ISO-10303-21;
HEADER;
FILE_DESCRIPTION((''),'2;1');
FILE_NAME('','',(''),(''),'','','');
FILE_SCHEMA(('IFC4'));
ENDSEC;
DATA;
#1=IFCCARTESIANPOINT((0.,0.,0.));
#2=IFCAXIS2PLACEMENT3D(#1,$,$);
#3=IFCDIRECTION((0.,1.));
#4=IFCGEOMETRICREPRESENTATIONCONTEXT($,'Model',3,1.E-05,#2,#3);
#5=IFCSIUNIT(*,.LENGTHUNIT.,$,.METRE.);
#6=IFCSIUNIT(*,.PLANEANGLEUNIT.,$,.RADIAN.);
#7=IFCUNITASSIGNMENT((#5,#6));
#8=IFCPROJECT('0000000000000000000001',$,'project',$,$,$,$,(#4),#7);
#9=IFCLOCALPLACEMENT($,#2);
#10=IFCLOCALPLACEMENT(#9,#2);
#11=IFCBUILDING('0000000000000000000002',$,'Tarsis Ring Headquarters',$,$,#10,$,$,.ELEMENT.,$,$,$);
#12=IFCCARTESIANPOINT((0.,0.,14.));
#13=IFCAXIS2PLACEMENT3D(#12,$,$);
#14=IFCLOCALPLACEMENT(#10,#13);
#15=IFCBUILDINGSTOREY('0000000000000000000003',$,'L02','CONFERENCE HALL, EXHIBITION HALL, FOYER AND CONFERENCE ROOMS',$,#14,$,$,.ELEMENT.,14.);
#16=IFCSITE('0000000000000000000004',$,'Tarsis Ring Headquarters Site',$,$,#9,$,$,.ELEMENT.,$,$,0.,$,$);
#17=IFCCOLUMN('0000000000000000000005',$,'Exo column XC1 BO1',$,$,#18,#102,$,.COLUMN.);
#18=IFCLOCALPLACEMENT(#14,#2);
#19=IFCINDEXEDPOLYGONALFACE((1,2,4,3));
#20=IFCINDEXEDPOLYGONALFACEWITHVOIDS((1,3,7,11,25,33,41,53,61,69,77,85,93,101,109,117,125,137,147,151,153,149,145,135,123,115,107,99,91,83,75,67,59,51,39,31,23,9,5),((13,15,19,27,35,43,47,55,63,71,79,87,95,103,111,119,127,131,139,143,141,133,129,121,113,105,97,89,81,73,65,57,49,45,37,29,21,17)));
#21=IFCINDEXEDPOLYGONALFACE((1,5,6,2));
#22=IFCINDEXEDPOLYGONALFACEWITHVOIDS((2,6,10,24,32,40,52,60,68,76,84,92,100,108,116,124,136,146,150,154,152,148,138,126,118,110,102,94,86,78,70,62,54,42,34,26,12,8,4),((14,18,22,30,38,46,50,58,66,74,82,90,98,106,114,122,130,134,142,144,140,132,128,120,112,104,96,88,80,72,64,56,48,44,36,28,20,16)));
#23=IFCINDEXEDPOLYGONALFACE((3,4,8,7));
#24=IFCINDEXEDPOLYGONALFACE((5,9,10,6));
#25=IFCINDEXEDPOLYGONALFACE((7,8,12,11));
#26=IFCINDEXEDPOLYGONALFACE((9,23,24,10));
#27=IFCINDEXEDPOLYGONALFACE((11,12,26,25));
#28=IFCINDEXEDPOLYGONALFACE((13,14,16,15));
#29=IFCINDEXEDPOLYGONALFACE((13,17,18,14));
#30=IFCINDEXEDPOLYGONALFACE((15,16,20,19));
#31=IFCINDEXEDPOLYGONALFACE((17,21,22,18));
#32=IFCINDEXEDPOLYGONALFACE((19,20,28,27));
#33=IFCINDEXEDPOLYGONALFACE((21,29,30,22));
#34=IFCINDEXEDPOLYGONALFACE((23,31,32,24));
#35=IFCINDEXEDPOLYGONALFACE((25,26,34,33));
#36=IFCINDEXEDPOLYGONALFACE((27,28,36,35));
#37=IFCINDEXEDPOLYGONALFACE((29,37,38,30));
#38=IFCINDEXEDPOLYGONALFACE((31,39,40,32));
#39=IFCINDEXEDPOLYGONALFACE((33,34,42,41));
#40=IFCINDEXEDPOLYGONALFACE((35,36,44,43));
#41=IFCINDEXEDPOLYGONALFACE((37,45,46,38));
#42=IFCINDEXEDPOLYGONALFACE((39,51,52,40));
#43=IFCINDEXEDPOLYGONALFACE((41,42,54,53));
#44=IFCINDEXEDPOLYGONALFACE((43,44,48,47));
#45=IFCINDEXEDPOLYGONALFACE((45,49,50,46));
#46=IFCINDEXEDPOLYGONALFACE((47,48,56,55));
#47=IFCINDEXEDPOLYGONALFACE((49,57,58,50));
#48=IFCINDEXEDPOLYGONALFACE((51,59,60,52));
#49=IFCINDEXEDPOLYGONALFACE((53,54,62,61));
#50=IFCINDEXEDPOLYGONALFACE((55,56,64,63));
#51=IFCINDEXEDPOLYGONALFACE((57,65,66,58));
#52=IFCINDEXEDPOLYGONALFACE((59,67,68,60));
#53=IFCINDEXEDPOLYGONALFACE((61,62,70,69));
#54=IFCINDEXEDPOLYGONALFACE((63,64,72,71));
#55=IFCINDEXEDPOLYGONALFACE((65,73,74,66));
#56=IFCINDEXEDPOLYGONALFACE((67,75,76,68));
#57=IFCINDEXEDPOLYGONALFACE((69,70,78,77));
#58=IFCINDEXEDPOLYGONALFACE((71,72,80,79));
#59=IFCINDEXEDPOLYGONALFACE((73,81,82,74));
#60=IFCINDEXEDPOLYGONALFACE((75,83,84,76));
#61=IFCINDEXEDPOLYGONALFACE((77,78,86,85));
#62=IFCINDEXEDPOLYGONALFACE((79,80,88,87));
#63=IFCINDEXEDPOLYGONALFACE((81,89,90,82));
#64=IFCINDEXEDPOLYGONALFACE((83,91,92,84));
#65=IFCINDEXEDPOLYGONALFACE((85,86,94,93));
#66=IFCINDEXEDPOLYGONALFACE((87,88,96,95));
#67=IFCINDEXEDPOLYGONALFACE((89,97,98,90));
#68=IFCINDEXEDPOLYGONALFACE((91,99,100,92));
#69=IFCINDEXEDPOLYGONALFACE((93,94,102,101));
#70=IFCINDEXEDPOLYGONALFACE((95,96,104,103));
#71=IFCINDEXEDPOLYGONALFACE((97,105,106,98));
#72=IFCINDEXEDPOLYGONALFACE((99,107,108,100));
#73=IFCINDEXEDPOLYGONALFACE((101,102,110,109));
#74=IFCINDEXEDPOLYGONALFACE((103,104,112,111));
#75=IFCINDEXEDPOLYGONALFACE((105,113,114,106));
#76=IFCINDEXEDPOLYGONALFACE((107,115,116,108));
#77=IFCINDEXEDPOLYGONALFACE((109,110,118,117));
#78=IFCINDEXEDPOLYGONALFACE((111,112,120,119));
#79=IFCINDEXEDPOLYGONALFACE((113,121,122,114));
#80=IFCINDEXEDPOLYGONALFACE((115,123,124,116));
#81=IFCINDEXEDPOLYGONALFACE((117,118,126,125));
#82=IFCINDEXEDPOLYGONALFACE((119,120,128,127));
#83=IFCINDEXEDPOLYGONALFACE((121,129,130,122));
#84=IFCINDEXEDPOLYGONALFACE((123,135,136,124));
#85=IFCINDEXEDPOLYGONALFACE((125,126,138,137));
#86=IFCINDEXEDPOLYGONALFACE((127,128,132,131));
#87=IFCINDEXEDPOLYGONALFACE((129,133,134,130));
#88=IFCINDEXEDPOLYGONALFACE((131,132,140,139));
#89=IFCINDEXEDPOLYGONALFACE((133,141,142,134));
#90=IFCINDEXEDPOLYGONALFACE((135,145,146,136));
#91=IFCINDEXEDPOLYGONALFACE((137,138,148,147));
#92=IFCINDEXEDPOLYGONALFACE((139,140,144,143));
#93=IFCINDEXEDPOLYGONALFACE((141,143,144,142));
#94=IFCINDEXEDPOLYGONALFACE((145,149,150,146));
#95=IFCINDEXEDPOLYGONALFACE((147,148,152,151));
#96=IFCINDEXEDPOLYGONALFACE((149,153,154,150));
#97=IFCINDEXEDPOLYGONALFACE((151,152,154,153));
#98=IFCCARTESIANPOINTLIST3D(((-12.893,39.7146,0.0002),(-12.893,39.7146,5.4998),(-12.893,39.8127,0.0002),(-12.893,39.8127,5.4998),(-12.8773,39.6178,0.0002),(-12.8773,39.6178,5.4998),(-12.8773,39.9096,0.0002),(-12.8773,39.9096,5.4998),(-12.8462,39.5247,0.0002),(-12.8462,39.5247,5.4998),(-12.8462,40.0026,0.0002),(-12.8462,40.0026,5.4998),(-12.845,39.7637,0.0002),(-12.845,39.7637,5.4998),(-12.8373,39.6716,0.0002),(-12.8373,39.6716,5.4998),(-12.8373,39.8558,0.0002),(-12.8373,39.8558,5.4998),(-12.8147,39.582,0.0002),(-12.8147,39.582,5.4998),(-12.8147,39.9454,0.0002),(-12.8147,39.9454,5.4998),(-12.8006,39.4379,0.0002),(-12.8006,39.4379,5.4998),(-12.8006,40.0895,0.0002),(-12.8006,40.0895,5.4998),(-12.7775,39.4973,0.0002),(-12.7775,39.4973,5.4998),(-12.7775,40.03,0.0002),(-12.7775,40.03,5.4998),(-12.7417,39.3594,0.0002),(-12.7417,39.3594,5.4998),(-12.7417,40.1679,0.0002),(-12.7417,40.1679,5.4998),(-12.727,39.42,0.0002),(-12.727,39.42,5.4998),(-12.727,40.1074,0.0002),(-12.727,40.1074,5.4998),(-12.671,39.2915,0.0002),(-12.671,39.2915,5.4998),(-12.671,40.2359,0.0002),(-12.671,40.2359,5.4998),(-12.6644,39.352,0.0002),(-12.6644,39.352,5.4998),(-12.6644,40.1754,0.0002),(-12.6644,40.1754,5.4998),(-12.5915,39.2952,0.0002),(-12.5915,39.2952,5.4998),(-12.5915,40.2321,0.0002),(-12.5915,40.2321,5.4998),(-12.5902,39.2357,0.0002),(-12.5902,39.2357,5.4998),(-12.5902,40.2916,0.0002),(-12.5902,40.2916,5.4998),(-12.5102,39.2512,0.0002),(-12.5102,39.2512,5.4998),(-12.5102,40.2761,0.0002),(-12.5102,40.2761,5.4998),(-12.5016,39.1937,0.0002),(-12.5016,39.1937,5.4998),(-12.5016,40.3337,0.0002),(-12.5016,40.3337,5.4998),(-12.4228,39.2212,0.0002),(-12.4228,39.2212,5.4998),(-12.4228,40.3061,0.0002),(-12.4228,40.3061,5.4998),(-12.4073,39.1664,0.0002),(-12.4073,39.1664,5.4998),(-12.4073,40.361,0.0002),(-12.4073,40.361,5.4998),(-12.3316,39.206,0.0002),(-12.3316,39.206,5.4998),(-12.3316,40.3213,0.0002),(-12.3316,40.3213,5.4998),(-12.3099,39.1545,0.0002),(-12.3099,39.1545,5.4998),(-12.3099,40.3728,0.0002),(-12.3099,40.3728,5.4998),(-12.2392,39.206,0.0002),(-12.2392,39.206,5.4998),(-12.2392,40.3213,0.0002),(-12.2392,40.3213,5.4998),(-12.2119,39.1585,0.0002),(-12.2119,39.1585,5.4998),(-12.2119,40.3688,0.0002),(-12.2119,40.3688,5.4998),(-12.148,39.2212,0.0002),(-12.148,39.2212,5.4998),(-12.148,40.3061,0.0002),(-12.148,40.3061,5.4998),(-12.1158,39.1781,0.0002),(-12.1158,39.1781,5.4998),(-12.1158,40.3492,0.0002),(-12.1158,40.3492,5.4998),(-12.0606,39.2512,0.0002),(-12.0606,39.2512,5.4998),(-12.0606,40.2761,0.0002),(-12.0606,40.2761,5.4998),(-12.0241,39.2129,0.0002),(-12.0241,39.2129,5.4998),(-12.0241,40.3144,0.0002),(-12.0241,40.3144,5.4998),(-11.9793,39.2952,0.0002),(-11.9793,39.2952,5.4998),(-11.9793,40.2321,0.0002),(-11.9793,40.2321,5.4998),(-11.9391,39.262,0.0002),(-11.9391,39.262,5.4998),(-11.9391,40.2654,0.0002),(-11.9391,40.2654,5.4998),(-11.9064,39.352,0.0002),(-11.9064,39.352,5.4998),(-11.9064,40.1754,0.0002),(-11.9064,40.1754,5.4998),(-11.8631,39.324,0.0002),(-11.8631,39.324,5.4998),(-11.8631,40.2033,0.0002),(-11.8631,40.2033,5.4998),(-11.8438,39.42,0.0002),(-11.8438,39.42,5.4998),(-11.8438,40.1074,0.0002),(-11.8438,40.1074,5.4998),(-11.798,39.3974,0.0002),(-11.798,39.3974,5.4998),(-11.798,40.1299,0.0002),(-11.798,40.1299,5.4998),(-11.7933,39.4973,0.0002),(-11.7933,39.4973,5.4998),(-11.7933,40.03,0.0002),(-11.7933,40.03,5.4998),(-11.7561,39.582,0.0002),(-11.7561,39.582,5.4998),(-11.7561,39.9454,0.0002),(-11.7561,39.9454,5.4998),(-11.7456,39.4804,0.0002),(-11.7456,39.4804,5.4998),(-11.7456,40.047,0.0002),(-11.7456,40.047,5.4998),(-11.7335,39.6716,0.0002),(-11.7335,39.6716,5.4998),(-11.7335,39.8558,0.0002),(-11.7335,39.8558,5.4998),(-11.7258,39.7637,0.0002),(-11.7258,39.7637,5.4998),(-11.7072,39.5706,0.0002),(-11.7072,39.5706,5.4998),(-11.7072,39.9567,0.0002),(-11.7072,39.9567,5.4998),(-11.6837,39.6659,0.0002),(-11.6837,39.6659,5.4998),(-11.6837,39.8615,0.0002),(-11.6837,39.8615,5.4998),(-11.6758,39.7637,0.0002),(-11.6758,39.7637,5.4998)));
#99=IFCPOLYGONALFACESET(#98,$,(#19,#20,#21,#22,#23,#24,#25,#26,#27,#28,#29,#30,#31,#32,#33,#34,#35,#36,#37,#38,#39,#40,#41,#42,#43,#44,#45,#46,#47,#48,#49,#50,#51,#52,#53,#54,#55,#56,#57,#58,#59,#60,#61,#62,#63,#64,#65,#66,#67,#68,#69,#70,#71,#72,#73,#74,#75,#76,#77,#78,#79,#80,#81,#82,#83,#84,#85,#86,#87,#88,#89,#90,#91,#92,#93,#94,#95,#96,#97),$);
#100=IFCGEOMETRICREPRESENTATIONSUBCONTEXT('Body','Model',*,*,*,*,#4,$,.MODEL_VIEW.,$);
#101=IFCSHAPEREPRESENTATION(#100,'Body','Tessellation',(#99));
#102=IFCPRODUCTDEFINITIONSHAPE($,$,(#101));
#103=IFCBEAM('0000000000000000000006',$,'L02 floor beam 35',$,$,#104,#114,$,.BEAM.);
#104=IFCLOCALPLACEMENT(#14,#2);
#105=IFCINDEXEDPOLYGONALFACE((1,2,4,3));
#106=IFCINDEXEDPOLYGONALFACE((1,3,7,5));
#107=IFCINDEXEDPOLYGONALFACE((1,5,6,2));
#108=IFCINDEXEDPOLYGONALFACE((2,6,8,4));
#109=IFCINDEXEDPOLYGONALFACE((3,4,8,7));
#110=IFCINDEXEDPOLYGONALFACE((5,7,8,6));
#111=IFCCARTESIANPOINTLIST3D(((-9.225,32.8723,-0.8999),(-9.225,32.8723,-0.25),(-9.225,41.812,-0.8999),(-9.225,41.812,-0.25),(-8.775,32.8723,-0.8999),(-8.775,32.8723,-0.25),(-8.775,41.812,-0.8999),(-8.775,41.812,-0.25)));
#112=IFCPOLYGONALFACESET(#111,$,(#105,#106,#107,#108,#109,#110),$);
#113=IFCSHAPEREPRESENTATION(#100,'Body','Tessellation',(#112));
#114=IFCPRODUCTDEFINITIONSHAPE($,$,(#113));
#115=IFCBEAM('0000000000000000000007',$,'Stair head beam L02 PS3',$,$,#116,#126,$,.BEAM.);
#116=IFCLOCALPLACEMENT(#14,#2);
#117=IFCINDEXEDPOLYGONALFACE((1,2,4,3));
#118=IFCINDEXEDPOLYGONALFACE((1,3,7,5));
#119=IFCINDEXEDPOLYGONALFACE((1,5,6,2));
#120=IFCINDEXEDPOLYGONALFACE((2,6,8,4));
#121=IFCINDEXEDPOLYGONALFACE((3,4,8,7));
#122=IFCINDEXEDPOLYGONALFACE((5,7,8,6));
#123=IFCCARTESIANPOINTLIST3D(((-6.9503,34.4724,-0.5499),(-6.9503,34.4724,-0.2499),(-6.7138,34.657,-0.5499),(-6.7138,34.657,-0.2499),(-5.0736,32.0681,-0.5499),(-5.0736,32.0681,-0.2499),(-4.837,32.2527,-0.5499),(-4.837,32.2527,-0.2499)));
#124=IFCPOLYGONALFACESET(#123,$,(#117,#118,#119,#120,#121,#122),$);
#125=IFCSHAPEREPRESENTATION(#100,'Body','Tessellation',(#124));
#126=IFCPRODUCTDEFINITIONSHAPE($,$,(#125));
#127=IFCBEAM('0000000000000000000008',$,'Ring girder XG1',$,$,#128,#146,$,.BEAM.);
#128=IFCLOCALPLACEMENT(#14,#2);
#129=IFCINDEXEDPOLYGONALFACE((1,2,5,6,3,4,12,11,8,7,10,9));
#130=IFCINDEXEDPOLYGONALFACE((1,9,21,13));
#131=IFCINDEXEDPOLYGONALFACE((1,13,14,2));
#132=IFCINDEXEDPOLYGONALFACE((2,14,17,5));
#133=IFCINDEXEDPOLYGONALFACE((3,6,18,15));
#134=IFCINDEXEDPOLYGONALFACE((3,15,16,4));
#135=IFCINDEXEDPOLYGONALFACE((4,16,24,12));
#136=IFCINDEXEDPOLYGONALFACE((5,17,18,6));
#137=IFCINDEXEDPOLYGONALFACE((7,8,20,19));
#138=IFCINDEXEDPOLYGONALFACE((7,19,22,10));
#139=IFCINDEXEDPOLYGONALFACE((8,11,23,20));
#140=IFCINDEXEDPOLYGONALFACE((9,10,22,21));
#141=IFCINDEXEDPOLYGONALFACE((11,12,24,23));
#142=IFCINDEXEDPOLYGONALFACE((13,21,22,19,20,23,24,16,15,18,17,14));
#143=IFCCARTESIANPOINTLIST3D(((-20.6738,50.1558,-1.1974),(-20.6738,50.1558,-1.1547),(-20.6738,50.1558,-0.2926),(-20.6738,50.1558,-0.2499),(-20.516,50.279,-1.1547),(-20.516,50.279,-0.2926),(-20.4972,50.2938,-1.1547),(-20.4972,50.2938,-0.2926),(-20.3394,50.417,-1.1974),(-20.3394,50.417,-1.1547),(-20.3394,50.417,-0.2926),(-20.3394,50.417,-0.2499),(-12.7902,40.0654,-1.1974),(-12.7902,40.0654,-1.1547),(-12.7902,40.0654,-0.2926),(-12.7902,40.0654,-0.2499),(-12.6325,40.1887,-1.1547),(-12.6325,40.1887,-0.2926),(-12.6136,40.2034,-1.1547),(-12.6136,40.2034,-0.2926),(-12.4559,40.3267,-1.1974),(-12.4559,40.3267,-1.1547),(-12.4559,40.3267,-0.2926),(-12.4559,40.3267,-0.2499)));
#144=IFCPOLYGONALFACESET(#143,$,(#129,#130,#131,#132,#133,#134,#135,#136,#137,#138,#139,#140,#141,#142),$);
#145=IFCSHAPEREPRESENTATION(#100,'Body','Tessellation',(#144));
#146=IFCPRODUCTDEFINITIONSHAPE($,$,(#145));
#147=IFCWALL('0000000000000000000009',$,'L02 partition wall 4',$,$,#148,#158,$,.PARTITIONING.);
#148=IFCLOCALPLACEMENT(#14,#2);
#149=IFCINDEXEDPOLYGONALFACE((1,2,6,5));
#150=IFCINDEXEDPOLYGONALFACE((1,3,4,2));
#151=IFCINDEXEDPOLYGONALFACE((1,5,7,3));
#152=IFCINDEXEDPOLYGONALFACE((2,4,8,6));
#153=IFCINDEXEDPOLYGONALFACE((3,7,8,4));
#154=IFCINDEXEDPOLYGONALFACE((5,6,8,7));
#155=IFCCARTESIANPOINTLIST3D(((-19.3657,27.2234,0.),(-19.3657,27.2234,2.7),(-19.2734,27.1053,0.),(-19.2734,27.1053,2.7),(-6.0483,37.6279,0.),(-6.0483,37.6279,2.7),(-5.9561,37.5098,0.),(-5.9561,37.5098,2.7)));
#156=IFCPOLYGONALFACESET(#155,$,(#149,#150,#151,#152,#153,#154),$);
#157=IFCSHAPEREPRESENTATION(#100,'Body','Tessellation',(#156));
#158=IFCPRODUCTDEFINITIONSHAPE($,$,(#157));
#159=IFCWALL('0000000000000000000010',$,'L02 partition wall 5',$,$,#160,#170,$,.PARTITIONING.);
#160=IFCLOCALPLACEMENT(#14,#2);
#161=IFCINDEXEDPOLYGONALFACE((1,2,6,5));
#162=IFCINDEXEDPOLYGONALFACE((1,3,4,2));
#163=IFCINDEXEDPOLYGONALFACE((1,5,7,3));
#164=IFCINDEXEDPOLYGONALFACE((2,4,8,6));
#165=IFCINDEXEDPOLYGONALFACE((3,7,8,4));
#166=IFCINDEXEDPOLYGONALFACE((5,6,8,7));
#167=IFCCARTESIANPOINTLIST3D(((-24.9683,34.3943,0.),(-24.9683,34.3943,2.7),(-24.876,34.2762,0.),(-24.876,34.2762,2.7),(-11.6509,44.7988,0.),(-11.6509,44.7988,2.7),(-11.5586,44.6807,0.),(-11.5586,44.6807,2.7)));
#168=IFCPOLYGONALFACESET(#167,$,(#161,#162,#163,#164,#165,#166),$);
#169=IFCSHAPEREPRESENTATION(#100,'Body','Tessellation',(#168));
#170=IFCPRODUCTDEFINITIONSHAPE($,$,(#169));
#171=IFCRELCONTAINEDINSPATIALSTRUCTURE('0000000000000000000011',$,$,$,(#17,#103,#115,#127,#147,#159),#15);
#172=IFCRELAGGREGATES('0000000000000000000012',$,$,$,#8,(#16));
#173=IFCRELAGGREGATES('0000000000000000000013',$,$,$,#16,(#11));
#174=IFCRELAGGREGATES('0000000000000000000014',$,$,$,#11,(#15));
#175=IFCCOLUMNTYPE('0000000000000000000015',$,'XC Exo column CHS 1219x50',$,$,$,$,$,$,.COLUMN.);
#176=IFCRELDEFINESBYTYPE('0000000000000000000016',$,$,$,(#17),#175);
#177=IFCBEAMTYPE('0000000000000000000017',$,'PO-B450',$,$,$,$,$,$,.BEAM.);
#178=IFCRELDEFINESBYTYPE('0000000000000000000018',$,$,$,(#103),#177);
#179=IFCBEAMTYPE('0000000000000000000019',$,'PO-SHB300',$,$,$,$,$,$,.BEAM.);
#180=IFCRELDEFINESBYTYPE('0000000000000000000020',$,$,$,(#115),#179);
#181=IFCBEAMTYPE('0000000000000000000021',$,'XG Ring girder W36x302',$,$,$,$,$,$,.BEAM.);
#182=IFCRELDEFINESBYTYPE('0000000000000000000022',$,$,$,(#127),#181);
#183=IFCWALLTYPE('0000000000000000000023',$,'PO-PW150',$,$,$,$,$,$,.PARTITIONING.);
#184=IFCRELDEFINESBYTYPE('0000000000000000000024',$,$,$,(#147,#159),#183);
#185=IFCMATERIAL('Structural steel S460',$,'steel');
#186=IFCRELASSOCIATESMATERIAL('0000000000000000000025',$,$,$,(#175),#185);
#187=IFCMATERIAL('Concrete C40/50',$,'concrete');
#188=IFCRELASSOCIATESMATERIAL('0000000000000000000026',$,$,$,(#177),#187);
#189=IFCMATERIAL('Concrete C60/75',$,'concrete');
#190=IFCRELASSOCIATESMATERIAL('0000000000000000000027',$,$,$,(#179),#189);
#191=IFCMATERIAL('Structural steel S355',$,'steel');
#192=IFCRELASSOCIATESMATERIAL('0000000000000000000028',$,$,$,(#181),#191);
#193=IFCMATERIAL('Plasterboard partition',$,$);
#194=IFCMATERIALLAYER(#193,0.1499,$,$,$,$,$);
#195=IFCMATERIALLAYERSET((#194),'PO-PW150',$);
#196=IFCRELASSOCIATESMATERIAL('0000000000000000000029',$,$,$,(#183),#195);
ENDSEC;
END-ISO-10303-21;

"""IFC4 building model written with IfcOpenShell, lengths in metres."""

from ifc_helpers import new_model, si_unit, direction, frame, frame_2d, origin, origin_2d, place, context, subcontext, project, spatial, rectangle, hollow_circle, i_section, extrude, material, layer, layer_set, material_profile, profile_set, type_object, element, save


model = new_model("IFC4")

# Units and contexts
model_context = context("Model", 3, precision=1e-05, world=origin(), true_north=direction((0.0, 1.0)))
body_context = subcontext(model_context, "Body", "Model", "MODEL_VIEW")
ifc_project = project(units=[si_unit("LENGTHUNIT", "METRE"), si_unit("PLANEANGLEUNIT", "RADIAN")], contexts=[model_context])

# Site, building, storey
site_placement = place(None, origin())
site = spatial("IfcSite", under=ifc_project, at=site_placement, Name="Tarsis Ring Headquarters Site", CompositionType="ELEMENT", RefElevation=0.0)
building_placement = place(site_placement, origin())
building = spatial("IfcBuilding", under=site, at=building_placement, Name="Tarsis Ring Headquarters", CompositionType="ELEMENT")
storey_placement = place(building_placement, frame((0.0, 0.0, 14.0)))
storey = spatial("IfcBuildingStorey", under=building, at=storey_placement, Name="L02", Description="CONFERENCE HALL, EXHIBITION HALL, FOYER AND CONFERENCE ROOMS", CompositionType="ELEMENT", Elevation=14.0)

# Column
ifc_material_1 = material(Name="Structural steel S460", Category="steel")
ifc_material_profile_1 = material_profile(ifc_material_1, hollow_circle(Radius=0.6096, WallThickness=0.05, at=origin_2d()), Name="CHS 1219x50")
ifc_profile_set_1 = profile_set([ifc_material_profile_1], Name="Structural steel S460")
column_type = type_object("IfcColumnType", Name="XC Exo column CHS 1219x50", PredefinedType="COLUMN", material=ifc_profile_set_1)
column_placement = place(storey_placement, frame((-12.2854, 39.7637, 0.0002), z_axis=(0.0, 0.0, 1.0), x_axis=(1.0, 0.0, 0.0)))
element("IfcColumn", 1, at=column_placement, inside=storey, type_object=column_type, Name="Exo column XC1 BO1", PredefinedType="COLUMN", context=body_context, shape_type="SweptSolid", body=[
    extrude(hollow_circle(Radius=0.6096, WallThickness=0.05, at=origin_2d()), origin(), (0.0, 0.0, 1.0), 5.4995),
])

# Beams
ifc_material_2 = material(Name="Concrete C40/50", Category="concrete")
ifc_material_profile_2 = material_profile(ifc_material_2, rectangle(XDim=0.45, YDim=0.6499, at=origin_2d()), Name="PO-B450")
ifc_profile_set_2 = profile_set([ifc_material_profile_2], Name="Concrete C40/50")
beam_type_1 = type_object("IfcBeamType", Name="PO-B450", PredefinedType="BEAM", material=ifc_profile_set_2)
beam_1_placement = place(storey_placement, frame((-9.0, 32.8723, -0.575), z_axis=(0.0, 1.0, 0.0), x_axis=(-1.0, 0.0, 0.0)))
element("IfcBeam", 2, at=beam_1_placement, inside=storey, type_object=beam_type_1, Name="L02 floor beam 35", PredefinedType="BEAM", context=body_context, shape_type="SweptSolid", body=[
    extrude(rectangle(XDim=0.45, YDim=0.6499, at=origin_2d()), origin(), (0.0, 0.0, 1.0), 8.9397),
])
ifc_material_3 = material(Name="Concrete C60/75", Category="concrete")
ifc_material_profile_3 = material_profile(ifc_material_3, rectangle(XDim=0.3, YDim=0.3, at=origin_2d()), Name="PO-SHB300")
ifc_profile_set_3 = profile_set([ifc_material_profile_3], Name="Concrete C60/75")
beam_type_2 = type_object("IfcBeamType", Name="PO-SHB300", PredefinedType="BEAM", material=ifc_profile_set_3)
beam_2_placement = place(storey_placement, frame((-6.832, 34.5647, -0.3999), z_axis=(0.615308, -0.788286, 0.0), x_axis=(0.788286, 0.615308, 0.0)))
element("IfcBeam", 3, at=beam_2_placement, inside=storey, type_object=beam_type_2, Name="Stair head beam L02 PS3", PredefinedType="BEAM", context=body_context, shape_type="SweptSolid", body=[
    extrude(rectangle(XDim=0.3, YDim=0.3, at=origin_2d()), origin(), (0.0, 0.0, 1.0), 3.05),
])
ifc_material_4 = material(Name="Structural steel S355", Category="steel")
ifc_material_profile_4 = material_profile(ifc_material_4, i_section(OverallWidth=0.4243, OverallDepth=0.9475, WebThickness=0.0239, FlangeThickness=0.0427, at=origin_2d()), Name="W36x302")
ifc_profile_set_4 = profile_set([ifc_material_profile_4], Name="Structural steel S355")
beam_type_3 = type_object("IfcBeamType", Name="XG Ring girder W36x302", PredefinedType="BEAM", material=ifc_profile_set_4)
beam_3_placement = place(storey_placement, frame((-12.623, 40.196, -0.7236), z_axis=(-0.615667, 0.788006, 0.0), x_axis=(-0.788006, -0.615667, 0.0)))
element("IfcBeam", 4, at=beam_3_placement, inside=storey, type_object=beam_type_3, Name="Ring girder XG1", PredefinedType="BEAM", context=body_context, shape_type="SweptSolid", body=[
    extrude(i_section(OverallWidth=0.4243, OverallDepth=0.9475, WebThickness=0.0239, FlangeThickness=0.0427, at=origin_2d()), origin(), (0.0, 0.0, 1.0), 12.8049),
])

# Walls
ifc_material_5 = material(Name="Plasterboard partition")
ifc_layer_1 = layer(ifc_material_5, 0.1499)
ifc_layer_set_1 = layer_set([ifc_layer_1], Name="PO-PW150")
wall_type_1 = type_object("IfcWallType", Name="PO-PW150", PredefinedType="PARTITIONING", material=ifc_layer_set_1)
for number, where, z_axis, x_axis, name in (
    (5, (-6.0022, 37.5688, 0.0), (0.0, 0.0, 1.0), (-0.788015, -0.615656, 0.0), "L02 partition wall 4"),
    (6, (-11.6047, 44.7397, 0.0), (0.0, 0.0, 1.0), (-0.788015, -0.615656, 0.0), "L02 partition wall 5"),
):
    element("IfcWall", number, at=place(storey_placement, frame(where, z_axis=z_axis, x_axis=x_axis)), inside=storey, type_object=wall_type_1, Name=name, PredefinedType="PARTITIONING", context=body_context, shape_type="SweptSolid", body=[
        extrude(rectangle(XDim=16.8999, YDim=0.1499, at=frame_2d((8.45, 0.0))), origin(), (0.0, 0.0, 1.0), 2.7),
    ])

save(model, "model.ifc")
